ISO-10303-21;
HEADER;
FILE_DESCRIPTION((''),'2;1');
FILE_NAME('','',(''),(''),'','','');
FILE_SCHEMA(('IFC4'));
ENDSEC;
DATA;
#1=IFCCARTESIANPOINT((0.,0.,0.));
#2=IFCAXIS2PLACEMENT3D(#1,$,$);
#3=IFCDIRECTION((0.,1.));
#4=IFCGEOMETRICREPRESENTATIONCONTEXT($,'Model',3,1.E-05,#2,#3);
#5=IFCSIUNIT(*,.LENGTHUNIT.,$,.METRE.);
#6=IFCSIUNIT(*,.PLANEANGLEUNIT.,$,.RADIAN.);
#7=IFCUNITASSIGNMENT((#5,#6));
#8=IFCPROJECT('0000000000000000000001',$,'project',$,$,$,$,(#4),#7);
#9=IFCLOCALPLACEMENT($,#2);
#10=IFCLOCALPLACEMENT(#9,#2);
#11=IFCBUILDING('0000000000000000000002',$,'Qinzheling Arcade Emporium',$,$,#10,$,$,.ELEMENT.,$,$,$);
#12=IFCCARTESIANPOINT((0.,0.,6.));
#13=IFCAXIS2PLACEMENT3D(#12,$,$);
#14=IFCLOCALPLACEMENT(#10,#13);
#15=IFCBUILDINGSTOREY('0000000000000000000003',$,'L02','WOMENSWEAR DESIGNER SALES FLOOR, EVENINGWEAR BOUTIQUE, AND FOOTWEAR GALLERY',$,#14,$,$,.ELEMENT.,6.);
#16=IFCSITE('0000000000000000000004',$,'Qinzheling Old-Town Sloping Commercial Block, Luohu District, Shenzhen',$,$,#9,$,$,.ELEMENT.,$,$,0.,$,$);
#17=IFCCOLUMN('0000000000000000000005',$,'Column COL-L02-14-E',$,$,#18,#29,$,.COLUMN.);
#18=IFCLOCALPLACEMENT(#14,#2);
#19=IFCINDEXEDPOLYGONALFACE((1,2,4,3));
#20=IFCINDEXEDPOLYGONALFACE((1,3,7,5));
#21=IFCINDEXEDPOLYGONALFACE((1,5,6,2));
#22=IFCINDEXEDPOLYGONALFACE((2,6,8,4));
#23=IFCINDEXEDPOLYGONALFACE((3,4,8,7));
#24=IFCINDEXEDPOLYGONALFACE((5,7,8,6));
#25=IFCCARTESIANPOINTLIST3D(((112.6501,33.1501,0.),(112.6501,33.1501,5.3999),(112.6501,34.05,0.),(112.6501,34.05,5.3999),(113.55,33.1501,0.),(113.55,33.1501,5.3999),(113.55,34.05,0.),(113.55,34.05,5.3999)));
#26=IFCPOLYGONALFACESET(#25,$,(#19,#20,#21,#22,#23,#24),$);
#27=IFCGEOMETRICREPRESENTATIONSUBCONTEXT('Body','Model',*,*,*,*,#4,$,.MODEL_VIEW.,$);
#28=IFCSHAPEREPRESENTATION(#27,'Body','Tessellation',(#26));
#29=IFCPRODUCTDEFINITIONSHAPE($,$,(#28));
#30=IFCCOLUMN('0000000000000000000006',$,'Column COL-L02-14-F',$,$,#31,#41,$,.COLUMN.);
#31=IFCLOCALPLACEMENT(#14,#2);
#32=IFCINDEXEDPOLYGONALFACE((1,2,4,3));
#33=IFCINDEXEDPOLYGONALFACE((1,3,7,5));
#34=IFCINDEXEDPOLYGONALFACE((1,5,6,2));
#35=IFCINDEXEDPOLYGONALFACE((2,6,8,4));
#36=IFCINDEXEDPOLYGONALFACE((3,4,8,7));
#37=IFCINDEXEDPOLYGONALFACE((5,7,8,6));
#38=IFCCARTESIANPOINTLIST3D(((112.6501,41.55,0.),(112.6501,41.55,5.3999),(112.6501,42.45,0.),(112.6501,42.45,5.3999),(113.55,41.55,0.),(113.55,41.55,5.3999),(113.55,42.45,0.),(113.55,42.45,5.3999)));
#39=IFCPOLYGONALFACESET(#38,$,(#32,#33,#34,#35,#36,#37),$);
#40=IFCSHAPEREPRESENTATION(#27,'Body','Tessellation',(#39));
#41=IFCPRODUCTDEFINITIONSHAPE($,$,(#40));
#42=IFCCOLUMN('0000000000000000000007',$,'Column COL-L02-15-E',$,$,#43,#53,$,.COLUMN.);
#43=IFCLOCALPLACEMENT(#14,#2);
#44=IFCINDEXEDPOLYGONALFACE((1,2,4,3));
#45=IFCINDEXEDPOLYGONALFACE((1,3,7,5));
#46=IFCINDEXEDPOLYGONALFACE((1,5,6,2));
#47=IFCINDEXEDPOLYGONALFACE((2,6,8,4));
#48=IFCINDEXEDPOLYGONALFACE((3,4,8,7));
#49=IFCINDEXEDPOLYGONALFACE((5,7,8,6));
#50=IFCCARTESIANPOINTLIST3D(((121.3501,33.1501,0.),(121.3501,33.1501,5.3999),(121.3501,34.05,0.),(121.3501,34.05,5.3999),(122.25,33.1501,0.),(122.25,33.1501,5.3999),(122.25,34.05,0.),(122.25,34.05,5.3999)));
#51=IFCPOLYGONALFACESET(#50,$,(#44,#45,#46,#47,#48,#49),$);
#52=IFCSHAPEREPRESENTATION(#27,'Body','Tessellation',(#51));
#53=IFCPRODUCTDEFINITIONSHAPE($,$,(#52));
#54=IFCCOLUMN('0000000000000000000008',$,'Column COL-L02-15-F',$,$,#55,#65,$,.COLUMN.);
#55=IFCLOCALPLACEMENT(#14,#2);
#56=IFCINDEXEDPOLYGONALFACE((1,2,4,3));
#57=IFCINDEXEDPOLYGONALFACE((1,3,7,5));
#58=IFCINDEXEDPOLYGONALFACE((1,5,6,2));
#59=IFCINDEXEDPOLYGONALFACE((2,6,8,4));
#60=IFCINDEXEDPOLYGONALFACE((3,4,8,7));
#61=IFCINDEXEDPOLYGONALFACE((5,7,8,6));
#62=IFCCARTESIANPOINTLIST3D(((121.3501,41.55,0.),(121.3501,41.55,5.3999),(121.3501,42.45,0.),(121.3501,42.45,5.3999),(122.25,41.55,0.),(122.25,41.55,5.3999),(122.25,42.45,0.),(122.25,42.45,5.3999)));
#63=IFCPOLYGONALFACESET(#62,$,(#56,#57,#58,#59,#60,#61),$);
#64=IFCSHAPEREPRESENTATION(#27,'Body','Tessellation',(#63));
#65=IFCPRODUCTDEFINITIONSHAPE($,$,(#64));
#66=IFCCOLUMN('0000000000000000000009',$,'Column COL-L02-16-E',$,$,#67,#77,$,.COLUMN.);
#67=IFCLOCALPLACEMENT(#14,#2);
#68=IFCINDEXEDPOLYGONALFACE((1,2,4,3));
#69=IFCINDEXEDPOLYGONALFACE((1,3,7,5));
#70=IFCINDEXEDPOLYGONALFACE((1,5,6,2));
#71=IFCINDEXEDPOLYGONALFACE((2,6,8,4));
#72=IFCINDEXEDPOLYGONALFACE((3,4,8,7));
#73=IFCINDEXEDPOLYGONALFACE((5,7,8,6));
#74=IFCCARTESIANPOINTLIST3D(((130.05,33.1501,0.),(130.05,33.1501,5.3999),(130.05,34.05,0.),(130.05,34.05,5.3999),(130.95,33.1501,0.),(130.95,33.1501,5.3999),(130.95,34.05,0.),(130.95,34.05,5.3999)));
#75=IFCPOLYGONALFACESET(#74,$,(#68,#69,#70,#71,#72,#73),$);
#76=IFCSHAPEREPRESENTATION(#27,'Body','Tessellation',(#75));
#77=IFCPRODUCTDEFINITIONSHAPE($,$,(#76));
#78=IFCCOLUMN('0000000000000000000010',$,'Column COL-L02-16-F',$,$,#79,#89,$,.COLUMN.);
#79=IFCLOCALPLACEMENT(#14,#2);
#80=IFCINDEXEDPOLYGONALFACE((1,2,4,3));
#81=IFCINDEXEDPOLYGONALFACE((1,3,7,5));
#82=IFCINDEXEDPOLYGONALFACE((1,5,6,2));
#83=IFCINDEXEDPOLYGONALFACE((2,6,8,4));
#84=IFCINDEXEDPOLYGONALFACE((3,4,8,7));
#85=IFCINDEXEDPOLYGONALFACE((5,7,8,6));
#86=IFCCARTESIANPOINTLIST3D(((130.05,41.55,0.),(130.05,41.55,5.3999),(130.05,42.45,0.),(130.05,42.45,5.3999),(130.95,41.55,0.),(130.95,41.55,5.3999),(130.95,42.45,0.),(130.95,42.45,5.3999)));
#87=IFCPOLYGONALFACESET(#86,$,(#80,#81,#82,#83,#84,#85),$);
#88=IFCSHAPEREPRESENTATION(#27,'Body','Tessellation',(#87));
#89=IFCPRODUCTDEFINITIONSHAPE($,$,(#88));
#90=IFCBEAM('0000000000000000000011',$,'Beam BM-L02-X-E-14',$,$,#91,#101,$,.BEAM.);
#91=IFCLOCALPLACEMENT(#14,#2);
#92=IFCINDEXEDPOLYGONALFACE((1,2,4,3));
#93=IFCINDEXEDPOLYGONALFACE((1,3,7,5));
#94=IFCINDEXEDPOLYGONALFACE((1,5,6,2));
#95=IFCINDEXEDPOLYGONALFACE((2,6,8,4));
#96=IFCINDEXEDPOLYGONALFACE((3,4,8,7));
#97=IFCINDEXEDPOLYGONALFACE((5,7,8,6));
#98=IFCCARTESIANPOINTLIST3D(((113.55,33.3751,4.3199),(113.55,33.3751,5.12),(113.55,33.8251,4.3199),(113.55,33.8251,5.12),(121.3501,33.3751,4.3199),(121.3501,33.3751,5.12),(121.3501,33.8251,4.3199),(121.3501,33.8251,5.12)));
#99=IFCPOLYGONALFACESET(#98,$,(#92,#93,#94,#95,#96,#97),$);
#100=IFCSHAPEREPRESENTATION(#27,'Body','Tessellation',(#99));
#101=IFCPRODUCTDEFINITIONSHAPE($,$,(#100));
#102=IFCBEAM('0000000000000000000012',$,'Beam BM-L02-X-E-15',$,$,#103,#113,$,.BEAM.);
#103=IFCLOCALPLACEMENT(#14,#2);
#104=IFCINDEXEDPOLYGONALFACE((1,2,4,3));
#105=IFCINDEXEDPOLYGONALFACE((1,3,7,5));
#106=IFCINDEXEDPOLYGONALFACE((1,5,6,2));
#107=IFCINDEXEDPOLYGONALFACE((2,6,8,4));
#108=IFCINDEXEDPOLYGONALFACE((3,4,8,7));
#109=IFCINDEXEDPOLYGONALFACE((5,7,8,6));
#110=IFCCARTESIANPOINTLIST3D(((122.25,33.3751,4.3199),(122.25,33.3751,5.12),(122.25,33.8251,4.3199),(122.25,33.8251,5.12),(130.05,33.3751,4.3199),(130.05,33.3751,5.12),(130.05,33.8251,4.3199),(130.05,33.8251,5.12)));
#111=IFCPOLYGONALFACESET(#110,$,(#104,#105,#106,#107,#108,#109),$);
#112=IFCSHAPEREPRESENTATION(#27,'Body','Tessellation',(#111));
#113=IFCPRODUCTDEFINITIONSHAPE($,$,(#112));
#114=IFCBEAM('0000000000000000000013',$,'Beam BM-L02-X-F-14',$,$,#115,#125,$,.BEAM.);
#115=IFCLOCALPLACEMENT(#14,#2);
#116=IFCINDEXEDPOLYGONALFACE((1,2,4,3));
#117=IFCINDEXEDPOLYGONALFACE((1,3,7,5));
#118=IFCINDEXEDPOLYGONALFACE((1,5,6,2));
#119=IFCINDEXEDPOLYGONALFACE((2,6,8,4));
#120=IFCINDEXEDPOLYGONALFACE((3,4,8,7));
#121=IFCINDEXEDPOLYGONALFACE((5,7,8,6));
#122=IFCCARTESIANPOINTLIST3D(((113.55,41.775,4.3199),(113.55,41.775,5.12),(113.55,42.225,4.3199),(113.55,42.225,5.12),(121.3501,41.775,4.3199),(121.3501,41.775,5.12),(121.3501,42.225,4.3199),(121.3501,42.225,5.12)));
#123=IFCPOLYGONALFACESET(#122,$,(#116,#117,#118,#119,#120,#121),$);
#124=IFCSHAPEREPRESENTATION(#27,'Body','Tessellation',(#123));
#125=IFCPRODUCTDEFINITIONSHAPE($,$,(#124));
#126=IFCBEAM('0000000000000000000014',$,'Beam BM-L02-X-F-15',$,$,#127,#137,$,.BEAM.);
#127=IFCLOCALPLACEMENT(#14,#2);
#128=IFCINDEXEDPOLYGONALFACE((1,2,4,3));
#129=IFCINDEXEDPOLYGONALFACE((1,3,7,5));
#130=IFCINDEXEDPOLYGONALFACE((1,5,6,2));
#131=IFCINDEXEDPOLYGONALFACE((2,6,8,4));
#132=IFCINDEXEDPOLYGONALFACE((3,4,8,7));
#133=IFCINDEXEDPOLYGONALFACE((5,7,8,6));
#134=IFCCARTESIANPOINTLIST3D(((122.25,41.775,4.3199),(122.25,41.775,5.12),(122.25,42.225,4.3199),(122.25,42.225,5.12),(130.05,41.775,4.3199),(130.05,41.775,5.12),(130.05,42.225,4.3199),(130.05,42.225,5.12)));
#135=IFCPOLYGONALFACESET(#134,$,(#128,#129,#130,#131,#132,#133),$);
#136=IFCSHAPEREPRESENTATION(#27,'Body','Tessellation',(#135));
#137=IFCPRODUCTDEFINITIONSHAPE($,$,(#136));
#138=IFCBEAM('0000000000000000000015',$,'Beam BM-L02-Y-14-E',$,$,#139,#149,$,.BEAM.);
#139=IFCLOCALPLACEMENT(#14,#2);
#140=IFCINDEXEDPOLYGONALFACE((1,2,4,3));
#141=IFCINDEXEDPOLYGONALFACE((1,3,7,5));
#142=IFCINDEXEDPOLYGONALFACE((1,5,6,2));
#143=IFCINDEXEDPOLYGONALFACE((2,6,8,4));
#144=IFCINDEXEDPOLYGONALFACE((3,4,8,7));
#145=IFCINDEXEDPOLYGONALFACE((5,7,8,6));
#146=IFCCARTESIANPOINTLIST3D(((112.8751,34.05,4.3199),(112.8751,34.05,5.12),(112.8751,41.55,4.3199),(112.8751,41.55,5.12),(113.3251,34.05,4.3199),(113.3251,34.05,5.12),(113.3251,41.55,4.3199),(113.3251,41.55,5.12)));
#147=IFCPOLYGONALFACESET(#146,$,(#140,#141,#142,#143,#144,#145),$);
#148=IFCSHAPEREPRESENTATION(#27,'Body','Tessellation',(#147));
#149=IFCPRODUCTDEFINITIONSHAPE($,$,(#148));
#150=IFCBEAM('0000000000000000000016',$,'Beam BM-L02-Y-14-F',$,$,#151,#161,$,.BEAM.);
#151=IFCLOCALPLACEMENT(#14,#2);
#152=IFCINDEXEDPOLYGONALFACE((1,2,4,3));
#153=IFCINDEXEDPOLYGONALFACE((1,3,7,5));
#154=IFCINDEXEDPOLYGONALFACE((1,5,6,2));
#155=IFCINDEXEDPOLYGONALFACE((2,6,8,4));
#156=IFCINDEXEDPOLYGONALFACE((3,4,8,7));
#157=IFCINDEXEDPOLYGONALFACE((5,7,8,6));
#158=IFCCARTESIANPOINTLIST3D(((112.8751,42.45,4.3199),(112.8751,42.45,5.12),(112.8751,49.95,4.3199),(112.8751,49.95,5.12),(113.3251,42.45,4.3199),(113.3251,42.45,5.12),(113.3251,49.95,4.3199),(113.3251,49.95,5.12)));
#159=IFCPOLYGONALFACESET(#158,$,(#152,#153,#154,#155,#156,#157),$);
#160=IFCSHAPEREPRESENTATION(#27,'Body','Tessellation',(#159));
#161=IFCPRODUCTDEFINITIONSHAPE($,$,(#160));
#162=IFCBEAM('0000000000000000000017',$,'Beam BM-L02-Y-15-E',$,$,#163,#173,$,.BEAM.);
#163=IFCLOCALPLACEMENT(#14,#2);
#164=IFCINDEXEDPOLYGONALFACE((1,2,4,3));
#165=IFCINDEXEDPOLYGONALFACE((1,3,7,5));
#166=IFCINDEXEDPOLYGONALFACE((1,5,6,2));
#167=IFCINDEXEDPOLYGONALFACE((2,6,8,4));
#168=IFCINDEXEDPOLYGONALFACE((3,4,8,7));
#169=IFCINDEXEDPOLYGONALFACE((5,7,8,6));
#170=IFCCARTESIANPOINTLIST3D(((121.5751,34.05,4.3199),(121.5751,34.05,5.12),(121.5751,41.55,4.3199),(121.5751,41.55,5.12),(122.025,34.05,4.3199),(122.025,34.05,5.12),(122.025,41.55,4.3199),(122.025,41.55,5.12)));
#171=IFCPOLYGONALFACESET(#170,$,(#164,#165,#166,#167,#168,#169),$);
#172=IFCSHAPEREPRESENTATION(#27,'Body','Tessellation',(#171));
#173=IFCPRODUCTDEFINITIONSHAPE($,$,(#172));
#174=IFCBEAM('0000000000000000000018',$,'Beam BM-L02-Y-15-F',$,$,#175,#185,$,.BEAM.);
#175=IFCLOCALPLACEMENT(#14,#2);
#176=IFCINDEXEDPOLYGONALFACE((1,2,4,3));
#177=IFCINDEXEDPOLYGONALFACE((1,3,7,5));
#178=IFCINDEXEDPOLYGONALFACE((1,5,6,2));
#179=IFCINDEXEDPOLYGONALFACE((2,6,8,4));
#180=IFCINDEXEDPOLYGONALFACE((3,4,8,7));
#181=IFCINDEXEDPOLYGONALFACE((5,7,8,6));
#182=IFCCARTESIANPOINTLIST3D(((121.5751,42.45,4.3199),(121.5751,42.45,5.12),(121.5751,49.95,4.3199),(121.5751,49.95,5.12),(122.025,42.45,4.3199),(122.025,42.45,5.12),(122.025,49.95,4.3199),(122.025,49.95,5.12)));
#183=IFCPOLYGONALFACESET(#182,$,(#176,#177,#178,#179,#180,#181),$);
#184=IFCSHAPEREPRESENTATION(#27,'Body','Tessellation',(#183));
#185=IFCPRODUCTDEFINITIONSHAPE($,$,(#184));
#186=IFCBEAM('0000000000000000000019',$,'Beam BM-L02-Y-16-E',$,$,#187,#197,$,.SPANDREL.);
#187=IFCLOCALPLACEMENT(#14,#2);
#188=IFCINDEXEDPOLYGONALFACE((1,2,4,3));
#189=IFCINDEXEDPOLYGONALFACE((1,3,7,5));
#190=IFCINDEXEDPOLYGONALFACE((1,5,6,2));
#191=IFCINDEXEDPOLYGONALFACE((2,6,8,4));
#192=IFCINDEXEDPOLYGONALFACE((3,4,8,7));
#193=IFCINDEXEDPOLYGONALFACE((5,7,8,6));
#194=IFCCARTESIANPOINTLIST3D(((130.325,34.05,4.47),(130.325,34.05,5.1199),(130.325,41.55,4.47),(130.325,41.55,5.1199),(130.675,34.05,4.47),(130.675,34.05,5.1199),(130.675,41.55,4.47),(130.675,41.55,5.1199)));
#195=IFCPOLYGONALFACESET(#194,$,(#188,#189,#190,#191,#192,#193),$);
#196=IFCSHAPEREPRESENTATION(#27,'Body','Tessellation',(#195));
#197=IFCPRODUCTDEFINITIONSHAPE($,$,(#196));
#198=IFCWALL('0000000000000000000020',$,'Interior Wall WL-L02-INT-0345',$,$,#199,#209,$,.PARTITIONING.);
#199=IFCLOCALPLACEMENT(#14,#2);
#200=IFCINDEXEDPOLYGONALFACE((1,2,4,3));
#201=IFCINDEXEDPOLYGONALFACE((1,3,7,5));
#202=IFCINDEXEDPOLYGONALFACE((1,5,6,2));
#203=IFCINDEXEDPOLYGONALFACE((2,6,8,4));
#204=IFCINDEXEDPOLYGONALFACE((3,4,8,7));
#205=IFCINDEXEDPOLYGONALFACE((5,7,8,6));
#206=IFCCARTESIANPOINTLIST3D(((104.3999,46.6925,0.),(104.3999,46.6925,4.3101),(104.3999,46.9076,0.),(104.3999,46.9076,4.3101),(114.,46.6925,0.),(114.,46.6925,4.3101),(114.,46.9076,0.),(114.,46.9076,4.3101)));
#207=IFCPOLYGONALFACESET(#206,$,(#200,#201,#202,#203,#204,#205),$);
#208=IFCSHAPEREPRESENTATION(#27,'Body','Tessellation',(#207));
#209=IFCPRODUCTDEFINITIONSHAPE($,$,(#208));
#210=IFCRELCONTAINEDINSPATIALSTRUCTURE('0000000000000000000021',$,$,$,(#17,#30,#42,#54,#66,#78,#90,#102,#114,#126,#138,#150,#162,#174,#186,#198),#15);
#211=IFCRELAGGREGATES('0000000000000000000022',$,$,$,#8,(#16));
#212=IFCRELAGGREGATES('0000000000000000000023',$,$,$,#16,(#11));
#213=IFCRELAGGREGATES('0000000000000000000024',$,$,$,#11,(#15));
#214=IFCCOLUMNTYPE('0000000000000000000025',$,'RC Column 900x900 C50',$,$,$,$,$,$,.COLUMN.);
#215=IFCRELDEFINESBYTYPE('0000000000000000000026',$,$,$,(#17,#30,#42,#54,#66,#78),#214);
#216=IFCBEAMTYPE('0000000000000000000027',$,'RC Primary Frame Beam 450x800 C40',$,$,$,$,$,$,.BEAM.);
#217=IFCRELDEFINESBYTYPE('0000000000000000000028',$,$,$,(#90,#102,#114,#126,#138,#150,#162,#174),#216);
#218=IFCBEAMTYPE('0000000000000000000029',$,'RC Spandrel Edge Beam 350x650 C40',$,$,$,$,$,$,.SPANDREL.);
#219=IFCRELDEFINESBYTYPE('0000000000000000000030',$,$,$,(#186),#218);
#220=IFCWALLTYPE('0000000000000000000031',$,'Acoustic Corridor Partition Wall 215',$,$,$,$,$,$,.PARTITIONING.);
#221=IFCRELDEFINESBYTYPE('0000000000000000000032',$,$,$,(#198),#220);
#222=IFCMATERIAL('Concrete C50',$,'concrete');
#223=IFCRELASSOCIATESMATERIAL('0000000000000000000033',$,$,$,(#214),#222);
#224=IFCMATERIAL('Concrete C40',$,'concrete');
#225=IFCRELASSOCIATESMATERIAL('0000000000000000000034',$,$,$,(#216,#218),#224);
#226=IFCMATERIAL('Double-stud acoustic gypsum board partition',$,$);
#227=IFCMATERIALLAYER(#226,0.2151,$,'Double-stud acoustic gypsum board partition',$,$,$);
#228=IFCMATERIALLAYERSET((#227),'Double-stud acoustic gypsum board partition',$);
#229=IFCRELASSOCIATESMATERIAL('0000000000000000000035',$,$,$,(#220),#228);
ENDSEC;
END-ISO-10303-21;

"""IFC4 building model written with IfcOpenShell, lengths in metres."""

from ifc_helpers import new_model, si_unit, direction, frame, frame_2d, origin, origin_2d, place, context, subcontext, project, spatial, rectangle, extrude, material, layer, layer_set, material_profile, profile_set, type_object, element, save


model = new_model("IFC4")

# Units and contexts
model_context = context("Model", 3, precision=1e-05, world=origin(), true_north=direction((0.0, 1.0)))
body_context = subcontext(model_context, "Body", "Model", "MODEL_VIEW")
ifc_project = project(units=[si_unit("LENGTHUNIT", "METRE"), si_unit("PLANEANGLEUNIT", "RADIAN")], contexts=[model_context])

# Site, building, storey
site_placement = place(None, origin())
site = spatial("IfcSite", under=ifc_project, at=site_placement, Name="Qinzheling Old-Town Sloping Commercial Block, Luohu District, Shenzhen", CompositionType="ELEMENT", RefElevation=0.0)
building_placement = place(site_placement, origin())
building = spatial("IfcBuilding", under=site, at=building_placement, Name="Qinzheling Arcade Emporium", CompositionType="ELEMENT")
storey_placement = place(building_placement, frame((0.0, 0.0, 6.0)))
storey = spatial("IfcBuildingStorey", under=building, at=storey_placement, Name="L02", Description="WOMENSWEAR DESIGNER SALES FLOOR, EVENINGWEAR BOUTIQUE, AND FOOTWEAR GALLERY", CompositionType="ELEMENT", Elevation=6.0)

# Columns
ifc_material_1 = material(Name="Concrete C50", Category="concrete")
ifc_material_profile_1 = material_profile(ifc_material_1, rectangle(XDim=0.8999, YDim=0.8999, at=origin_2d()), Name="RC 900x900", Category="concrete")
ifc_profile_set_1 = profile_set([ifc_material_profile_1], Name="Concrete C50")
column_type = type_object("IfcColumnType", Name="RC Column 900x900 C50", PredefinedType="COLUMN", material=ifc_profile_set_1)
for number, where, z_axis, x_axis, name in (
    (1, (113.1001, 33.6001, 0.0), (0.0, 0.0, 1.0), (1.0, 0.0, 0.0), "Column COL-L02-14-E"),
    (2, (113.1001, 42.0, 0.0), (0.0, 0.0, 1.0), (1.0, 0.0, 0.0), "Column COL-L02-14-F"),
    (3, (121.8, 33.6001, 0.0), (0.0, 0.0, 1.0), (1.0, 0.0, 0.0), "Column COL-L02-15-E"),
    (4, (121.8, 42.0, 0.0), (0.0, 0.0, 1.0), (1.0, 0.0, 0.0), "Column COL-L02-15-F"),
    (5, (130.5, 33.6001, 0.0), (0.0, 0.0, 1.0), (1.0, 0.0, 0.0), "Column COL-L02-16-E"),
    (6, (130.5, 42.0, 0.0), (0.0, 0.0, 1.0), (1.0, 0.0, 0.0), "Column COL-L02-16-F"),
):
    element("IfcColumn", number, at=place(storey_placement, frame(where, z_axis=z_axis, x_axis=x_axis)), inside=storey, type_object=column_type, Name=name, PredefinedType="COLUMN", context=body_context, shape_type="SweptSolid", body=[
        extrude(rectangle(XDim=0.8999, YDim=0.8999, at=origin_2d()), origin(), (0.0, 0.0, 1.0), 5.3999),
    ])

# Beams
ifc_material_2 = material(Name="Concrete C40", Category="concrete")
ifc_material_profile_2 = material_profile(ifc_material_2, rectangle(XDim=0.45, YDim=0.8, at=origin_2d()), Name="RC 450x800", Category="concrete")
ifc_profile_set_2 = profile_set([ifc_material_profile_2], Name="Concrete C40")
beam_type_1 = type_object("IfcBeamType", Name="RC Primary Frame Beam 450x800 C40", PredefinedType="BEAM", material=ifc_profile_set_2)
for number, where, z_axis, x_axis, name in (
    (7, (113.55, 33.6001, 4.72), (1.0, 0.0, 0.0), (0.0, 1.0, 0.0), "Beam BM-L02-X-E-14"),
    (8, (122.25, 33.6001, 4.72), (1.0, 0.0, 0.0), (0.0, 1.0, 0.0), "Beam BM-L02-X-E-15"),
    (9, (113.55, 42.0, 4.72), (1.0, 0.0, 0.0), (0.0, 1.0, 0.0), "Beam BM-L02-X-F-14"),
    (10, (122.25, 42.0, 4.72), (1.0, 0.0, 0.0), (0.0, 1.0, 0.0), "Beam BM-L02-X-F-15"),
):
    element("IfcBeam", number, at=place(storey_placement, frame(where, z_axis=z_axis, x_axis=x_axis)), inside=storey, type_object=beam_type_1, Name=name, PredefinedType="BEAM", context=body_context, shape_type="SweptSolid", body=[
        extrude(rectangle(XDim=0.45, YDim=0.8, at=origin_2d()), origin(), (0.0, 0.0, 1.0), 7.8),
    ])
for number, where, z_axis, x_axis, name in (
    (11, (113.1001, 34.05, 4.72), (0.0, 1.0, 0.0), (-1.0, 0.0, 0.0), "Beam BM-L02-Y-14-E"),
    (12, (113.1001, 42.45, 4.72), (0.0, 1.0, 0.0), (-1.0, 0.0, 0.0), "Beam BM-L02-Y-14-F"),
    (13, (121.8, 34.05, 4.72), (0.0, 1.0, 0.0), (-1.0, 0.0, 0.0), "Beam BM-L02-Y-15-E"),
    (14, (121.8, 42.45, 4.72), (0.0, 1.0, 0.0), (-1.0, 0.0, 0.0), "Beam BM-L02-Y-15-F"),
):
    element("IfcBeam", number, at=place(storey_placement, frame(where, z_axis=z_axis, x_axis=x_axis)), inside=storey, type_object=beam_type_1, Name=name, PredefinedType="BEAM", context=body_context, shape_type="SweptSolid", body=[
        extrude(rectangle(XDim=0.45, YDim=0.8, at=origin_2d()), origin(), (0.0, 0.0, 1.0), 7.5),
    ])
ifc_material_profile_3 = material_profile(ifc_material_2, rectangle(XDim=0.3501, YDim=0.6499, at=origin_2d()), Name="RC 350x650", Category="concrete")
ifc_profile_set_3 = profile_set([ifc_material_profile_3], Name="Concrete C40")
beam_type_2 = type_object("IfcBeamType", Name="RC Spandrel Edge Beam 350x650 C40", PredefinedType="SPANDREL", material=ifc_profile_set_3)
beam_placement = place(storey_placement, frame((130.5, 34.05, 4.7949), z_axis=(0.0, 1.0, 0.0), x_axis=(-1.0, 0.0, 0.0)))
element("IfcBeam", 15, at=beam_placement, inside=storey, type_object=beam_type_2, Name="Beam BM-L02-Y-16-E", PredefinedType="SPANDREL", context=body_context, shape_type="SweptSolid", body=[
    extrude(rectangle(XDim=0.3501, YDim=0.6499, at=origin_2d()), origin(), (0.0, 0.0, 1.0), 7.5),
])

# Wall
ifc_material_3 = material(Name="Double-stud acoustic gypsum board partition")
ifc_layer_1 = layer(ifc_material_3, 0.2151, Name="Double-stud acoustic gypsum board partition")
ifc_layer_set_1 = layer_set([ifc_layer_1], Name="Double-stud acoustic gypsum board partition")
wall_type_1 = type_object("IfcWallType", Name="Acoustic Corridor Partition Wall 215", PredefinedType="PARTITIONING", material=ifc_layer_set_1)
wall_1_placement = place(storey_placement, frame((114.0, 46.8, 0.0), z_axis=(0.0, 0.0, 1.0), x_axis=(-1.0, 0.0, 0.0)))
element("IfcWall", 16, at=wall_1_placement, inside=storey, type_object=wall_type_1, Name="Interior Wall WL-L02-INT-0345", PredefinedType="PARTITIONING", context=body_context, shape_type="SweptSolid", body=[
    extrude(rectangle(XDim=9.6001, YDim=0.2151, at=frame_2d((4.8, 0.0))), origin(), (0.0, 0.0, 1.0), 4.3101),
])

save(model, "model.ifc")
